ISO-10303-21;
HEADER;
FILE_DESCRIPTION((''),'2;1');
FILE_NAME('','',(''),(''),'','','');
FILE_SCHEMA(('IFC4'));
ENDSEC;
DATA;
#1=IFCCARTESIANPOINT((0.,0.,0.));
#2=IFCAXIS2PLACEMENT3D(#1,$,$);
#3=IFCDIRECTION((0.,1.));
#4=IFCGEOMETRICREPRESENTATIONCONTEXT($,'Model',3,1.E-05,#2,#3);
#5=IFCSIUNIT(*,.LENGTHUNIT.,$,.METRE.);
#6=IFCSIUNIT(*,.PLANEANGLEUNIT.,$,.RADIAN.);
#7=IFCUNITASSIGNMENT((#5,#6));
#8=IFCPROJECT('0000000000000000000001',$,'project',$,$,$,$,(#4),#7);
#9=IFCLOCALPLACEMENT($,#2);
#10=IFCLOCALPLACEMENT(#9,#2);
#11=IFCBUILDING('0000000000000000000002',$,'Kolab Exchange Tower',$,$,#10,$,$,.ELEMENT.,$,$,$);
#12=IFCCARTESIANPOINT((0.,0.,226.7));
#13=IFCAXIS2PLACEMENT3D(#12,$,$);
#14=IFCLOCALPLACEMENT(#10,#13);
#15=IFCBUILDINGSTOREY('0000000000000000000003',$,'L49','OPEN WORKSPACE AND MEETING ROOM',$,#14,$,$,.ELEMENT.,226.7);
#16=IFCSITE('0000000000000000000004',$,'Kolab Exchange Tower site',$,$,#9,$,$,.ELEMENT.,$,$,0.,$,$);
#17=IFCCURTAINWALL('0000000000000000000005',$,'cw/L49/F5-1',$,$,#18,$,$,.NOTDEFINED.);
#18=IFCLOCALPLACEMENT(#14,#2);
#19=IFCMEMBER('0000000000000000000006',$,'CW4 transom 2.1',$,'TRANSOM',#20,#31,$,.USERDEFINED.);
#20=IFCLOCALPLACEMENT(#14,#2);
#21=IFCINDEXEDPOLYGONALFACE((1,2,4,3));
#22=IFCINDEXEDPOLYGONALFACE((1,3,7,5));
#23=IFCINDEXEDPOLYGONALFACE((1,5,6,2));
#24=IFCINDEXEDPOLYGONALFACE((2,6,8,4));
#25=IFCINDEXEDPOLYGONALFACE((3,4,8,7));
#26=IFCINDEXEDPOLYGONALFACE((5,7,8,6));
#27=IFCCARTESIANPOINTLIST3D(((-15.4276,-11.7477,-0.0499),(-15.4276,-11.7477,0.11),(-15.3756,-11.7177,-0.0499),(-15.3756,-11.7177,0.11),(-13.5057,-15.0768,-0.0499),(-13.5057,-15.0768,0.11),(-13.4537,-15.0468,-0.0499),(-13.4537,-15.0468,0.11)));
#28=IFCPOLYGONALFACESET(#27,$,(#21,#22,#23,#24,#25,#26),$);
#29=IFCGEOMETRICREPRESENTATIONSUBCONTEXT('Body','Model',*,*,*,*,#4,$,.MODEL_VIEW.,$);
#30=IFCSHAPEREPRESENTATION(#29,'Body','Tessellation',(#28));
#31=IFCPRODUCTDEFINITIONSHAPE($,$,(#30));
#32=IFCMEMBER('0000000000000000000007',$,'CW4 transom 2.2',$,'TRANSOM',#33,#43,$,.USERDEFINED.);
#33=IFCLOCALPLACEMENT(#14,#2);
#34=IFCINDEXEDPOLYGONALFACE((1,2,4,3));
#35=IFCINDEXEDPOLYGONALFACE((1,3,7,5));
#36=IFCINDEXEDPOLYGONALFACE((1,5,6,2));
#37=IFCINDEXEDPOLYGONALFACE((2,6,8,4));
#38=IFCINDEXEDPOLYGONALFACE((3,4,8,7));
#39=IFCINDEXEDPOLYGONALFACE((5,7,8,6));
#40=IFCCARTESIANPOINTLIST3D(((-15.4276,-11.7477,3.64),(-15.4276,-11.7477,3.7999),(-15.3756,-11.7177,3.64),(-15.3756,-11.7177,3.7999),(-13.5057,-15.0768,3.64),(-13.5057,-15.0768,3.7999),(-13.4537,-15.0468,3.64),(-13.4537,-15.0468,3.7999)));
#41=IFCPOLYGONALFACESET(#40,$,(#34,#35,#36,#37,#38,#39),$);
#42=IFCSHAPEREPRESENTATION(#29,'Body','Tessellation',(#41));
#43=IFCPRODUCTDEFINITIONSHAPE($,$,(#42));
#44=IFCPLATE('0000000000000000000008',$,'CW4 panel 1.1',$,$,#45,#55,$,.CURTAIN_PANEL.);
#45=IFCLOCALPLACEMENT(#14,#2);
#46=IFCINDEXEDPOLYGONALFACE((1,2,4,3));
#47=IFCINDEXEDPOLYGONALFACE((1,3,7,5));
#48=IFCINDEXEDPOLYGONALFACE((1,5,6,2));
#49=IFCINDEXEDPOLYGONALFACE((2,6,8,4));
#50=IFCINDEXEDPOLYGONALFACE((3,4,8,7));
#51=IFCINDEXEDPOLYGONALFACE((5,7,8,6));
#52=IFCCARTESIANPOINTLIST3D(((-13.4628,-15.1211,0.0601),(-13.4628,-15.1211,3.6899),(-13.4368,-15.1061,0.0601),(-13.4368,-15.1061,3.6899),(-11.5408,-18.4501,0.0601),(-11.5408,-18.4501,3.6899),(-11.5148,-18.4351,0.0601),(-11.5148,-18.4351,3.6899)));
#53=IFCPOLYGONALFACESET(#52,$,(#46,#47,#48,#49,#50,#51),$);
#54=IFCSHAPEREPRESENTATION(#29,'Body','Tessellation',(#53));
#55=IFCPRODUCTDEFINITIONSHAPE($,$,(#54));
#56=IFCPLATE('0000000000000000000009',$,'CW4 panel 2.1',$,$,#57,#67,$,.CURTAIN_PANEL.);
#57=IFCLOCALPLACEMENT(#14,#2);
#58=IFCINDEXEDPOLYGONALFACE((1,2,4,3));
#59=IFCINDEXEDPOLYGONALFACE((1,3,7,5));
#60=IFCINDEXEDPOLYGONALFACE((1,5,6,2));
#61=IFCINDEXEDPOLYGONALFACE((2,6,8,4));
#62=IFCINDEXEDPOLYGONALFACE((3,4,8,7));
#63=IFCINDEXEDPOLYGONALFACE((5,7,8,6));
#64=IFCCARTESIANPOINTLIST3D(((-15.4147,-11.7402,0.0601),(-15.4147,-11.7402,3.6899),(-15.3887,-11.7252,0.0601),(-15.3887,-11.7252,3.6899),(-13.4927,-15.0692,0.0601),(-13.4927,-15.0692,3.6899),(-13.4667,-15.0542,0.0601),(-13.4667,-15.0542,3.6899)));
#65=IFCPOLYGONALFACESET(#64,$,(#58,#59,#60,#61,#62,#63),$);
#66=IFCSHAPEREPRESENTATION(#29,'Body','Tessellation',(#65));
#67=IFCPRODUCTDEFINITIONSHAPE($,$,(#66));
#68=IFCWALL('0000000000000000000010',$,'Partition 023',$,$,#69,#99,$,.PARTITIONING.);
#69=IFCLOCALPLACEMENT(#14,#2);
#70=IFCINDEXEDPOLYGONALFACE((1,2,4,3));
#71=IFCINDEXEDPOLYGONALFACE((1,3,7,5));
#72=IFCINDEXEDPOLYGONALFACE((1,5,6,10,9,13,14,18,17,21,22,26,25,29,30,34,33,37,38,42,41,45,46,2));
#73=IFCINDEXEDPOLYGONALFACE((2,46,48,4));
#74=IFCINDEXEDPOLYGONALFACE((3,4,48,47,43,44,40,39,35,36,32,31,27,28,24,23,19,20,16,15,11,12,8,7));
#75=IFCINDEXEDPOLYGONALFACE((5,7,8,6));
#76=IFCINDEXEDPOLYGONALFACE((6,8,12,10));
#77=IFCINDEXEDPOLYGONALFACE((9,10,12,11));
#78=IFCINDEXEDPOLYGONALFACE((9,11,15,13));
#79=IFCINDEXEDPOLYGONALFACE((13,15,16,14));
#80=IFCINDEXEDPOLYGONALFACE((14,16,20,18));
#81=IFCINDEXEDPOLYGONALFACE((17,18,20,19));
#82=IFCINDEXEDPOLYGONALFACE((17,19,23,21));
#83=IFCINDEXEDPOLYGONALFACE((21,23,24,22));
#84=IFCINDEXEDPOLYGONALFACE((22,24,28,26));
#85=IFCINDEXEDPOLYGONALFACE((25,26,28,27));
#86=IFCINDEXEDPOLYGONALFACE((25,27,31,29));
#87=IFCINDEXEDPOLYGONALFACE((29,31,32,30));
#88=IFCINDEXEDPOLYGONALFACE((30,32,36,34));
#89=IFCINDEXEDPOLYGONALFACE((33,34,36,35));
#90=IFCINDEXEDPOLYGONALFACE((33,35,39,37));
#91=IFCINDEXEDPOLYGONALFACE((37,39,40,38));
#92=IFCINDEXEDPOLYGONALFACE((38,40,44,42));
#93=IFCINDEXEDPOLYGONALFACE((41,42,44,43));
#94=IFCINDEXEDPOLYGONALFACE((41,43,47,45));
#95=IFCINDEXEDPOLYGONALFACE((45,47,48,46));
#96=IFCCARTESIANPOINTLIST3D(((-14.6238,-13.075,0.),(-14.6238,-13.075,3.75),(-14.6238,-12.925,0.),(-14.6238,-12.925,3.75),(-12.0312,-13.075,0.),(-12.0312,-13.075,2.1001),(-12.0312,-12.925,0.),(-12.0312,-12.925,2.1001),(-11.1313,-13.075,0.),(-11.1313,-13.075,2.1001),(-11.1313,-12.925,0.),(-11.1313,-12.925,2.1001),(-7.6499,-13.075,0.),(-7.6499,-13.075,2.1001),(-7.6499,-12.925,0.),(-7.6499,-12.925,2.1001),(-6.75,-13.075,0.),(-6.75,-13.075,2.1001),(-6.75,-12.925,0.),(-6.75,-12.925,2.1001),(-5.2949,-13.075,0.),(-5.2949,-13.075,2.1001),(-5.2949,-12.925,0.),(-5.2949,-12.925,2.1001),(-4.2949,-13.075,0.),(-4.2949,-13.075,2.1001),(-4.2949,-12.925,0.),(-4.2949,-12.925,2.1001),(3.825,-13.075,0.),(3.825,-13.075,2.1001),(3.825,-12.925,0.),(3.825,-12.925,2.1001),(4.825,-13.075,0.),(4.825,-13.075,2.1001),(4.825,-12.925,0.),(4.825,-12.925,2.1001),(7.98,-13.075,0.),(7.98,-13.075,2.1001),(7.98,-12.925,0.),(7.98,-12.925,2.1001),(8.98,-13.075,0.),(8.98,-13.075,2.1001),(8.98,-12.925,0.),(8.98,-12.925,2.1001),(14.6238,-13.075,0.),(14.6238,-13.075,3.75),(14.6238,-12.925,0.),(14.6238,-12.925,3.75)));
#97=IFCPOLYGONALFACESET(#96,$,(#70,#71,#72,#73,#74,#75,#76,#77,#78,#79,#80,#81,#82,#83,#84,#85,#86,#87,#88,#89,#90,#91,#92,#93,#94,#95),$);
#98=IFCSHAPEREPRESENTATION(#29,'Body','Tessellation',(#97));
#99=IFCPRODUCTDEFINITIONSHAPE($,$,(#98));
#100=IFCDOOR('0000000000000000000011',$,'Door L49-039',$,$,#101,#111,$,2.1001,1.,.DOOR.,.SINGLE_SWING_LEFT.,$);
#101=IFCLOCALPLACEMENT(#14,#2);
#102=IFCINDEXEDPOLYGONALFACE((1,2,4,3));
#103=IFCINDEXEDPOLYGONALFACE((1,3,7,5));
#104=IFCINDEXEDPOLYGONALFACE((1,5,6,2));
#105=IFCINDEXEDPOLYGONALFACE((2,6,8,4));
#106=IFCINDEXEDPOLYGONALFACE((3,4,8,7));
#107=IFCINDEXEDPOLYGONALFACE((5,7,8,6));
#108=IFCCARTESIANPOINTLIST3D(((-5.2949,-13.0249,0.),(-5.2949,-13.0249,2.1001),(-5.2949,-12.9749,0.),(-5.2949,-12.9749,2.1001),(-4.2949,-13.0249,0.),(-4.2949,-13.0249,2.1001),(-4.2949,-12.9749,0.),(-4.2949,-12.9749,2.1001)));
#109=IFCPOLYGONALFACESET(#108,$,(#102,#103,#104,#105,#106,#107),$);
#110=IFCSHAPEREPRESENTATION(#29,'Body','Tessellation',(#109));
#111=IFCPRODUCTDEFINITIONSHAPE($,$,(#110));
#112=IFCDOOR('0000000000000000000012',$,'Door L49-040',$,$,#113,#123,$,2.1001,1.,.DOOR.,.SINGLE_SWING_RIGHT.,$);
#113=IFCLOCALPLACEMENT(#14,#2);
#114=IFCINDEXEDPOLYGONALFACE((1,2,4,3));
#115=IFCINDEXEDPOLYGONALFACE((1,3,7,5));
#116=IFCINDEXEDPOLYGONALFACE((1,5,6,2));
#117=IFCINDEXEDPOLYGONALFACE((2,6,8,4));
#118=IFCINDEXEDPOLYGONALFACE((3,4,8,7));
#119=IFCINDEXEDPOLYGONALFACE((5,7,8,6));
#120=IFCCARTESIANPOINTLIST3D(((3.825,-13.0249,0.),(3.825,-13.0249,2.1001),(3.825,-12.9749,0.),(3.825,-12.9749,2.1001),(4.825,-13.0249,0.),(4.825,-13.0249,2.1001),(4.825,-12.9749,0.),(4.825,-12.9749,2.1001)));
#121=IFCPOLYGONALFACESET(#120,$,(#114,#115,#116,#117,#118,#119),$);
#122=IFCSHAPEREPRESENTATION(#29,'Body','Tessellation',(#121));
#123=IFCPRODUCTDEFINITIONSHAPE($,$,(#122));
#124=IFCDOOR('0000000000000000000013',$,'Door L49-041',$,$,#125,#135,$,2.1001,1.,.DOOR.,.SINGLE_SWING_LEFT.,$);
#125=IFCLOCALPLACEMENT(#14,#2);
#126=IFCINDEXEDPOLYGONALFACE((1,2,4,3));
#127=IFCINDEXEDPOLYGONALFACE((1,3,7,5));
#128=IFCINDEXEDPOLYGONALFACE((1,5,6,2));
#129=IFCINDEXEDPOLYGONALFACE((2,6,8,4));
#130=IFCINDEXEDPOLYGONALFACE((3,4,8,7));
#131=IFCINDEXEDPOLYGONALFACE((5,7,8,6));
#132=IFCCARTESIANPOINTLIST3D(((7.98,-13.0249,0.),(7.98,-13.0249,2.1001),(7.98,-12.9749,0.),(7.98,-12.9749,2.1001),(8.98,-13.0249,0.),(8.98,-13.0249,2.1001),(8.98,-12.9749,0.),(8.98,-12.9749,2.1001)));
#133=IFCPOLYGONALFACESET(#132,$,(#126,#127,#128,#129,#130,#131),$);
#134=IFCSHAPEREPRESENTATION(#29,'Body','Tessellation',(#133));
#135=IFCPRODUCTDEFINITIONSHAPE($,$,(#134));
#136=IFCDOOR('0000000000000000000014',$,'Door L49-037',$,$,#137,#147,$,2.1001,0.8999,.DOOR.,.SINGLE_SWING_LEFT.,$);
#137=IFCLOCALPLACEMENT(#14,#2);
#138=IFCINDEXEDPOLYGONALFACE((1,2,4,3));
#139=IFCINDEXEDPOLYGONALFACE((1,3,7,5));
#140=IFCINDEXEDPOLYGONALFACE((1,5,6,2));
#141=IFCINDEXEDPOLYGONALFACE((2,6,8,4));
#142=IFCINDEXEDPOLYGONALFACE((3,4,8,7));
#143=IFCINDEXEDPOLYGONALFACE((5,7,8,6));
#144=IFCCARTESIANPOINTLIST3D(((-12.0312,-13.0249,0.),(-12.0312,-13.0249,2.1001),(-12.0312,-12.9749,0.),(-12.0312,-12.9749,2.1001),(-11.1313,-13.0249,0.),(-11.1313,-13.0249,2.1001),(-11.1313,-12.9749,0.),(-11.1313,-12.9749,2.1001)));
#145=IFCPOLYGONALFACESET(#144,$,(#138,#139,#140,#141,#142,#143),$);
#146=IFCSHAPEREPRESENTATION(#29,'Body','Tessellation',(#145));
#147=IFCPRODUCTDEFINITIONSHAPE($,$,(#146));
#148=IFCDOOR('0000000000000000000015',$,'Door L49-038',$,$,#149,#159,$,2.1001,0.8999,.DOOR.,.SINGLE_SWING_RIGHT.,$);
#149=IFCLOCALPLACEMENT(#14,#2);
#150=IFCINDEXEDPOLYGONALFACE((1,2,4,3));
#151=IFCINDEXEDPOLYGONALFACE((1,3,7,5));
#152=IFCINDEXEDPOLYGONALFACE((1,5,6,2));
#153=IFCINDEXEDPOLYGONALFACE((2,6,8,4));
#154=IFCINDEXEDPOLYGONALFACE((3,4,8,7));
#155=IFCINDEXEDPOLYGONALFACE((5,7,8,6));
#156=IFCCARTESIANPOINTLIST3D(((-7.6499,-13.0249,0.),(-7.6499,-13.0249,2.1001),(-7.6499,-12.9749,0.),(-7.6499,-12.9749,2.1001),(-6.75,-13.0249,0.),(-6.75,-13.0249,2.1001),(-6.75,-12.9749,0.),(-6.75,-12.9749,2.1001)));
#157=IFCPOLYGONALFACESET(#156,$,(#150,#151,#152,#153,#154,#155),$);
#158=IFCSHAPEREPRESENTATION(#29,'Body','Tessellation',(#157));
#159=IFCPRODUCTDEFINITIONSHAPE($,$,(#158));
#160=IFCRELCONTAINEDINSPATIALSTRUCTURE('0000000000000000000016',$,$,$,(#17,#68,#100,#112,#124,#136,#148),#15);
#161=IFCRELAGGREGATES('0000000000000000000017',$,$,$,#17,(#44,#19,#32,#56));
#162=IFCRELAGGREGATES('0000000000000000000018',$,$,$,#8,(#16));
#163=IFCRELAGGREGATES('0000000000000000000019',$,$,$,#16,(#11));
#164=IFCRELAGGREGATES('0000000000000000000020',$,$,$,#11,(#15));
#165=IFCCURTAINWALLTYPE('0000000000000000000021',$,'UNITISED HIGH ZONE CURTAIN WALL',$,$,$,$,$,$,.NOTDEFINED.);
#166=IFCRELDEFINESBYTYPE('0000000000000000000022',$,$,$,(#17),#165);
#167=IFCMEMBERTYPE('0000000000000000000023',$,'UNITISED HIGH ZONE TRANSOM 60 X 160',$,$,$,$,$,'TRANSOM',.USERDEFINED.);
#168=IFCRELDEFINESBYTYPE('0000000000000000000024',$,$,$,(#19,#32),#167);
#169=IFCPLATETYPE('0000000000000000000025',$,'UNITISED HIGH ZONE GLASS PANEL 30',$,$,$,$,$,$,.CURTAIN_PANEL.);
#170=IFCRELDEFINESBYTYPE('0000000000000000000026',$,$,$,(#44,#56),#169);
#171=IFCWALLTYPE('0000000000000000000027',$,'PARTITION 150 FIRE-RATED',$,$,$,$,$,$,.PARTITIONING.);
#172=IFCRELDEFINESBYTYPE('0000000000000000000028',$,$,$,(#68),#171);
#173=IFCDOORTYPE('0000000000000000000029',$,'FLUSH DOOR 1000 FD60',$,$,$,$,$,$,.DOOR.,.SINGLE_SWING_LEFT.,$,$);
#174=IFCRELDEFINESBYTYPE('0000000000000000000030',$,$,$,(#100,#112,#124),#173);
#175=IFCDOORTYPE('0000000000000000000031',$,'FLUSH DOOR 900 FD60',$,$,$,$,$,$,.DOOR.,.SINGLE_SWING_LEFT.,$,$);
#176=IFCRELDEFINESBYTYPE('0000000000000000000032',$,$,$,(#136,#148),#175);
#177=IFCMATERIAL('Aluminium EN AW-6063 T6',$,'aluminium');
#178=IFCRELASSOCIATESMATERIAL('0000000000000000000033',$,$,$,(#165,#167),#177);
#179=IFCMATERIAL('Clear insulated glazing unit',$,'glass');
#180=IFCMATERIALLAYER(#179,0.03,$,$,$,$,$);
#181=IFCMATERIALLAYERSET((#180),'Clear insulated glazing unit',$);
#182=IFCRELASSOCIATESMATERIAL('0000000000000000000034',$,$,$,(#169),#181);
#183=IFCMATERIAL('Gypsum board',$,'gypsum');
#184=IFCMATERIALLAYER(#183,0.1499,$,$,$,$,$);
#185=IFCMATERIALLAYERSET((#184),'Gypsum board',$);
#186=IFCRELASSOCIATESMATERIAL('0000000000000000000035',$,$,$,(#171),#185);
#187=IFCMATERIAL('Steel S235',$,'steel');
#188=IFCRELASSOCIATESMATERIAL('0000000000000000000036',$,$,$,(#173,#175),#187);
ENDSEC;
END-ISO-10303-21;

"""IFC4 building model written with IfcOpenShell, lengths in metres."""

from ifc_helpers import new_model, si_unit, direction, frame, frame_2d, origin, origin_2d, place, context, subcontext, project, spatial, rectangle, extrude, material, layer, layer_set, material_profile, profile_set, type_object, element, fill, aggregate, save


model = new_model("IFC4")

# Units and contexts
model_context = context("Model", 3, precision=1e-05, world=origin(), true_north=direction((0.0, 1.0)))
body_context = subcontext(model_context, "Body", "Model", "MODEL_VIEW")
ifc_project = project(units=[si_unit("LENGTHUNIT", "METRE"), si_unit("PLANEANGLEUNIT", "RADIAN")], contexts=[model_context])

# Site, building, storey
site_placement = place(None, origin())
site = spatial("IfcSite", under=ifc_project, at=site_placement, Name="Kolab Exchange Tower site", CompositionType="ELEMENT", RefElevation=0.0)
building_placement = place(site_placement, origin())
building = spatial("IfcBuilding", under=site, at=building_placement, Name="Kolab Exchange Tower", CompositionType="ELEMENT")
storey_placement = place(building_placement, frame((0.0, 0.0, 226.7)))
storey = spatial("IfcBuildingStorey", under=building, at=storey_placement, Name="L49", Description="OPEN WORKSPACE AND MEETING ROOM", CompositionType="ELEMENT", Elevation=226.7)

# Curtain wall
ifc_material_1 = material(Name="Aluminium EN AW-6063 T6", Category="aluminium")
curtain_wall_type = type_object("IfcCurtainWallType", Name="UNITISED HIGH ZONE CURTAIN WALL", PredefinedType="NOTDEFINED", material=ifc_material_1)
curtain_wall_1_placement = place(storey_placement, origin())
curtain_wall_1 = element("IfcCurtainWall", 1, at=curtain_wall_1_placement, inside=storey, type_object=curtain_wall_type, Name="cw/L49/F5-1", PredefinedType="NOTDEFINED")

# Members
ifc_material_profile_1 = material_profile(ifc_material_1, rectangle(XDim=0.0601, YDim=0.1599, at=origin_2d()), Name="RECT 60X160")
ifc_profile_set_1 = profile_set([ifc_material_profile_1], Name="Aluminium EN AW-6063 T6")
member_type_1 = type_object("IfcMemberType", Name="UNITISED HIGH ZONE TRANSOM 60 X 160", ElementType="TRANSOM", PredefinedType="USERDEFINED", material=ifc_profile_set_1)
member_1_placement = place(storey_placement, frame((-13.4797, -15.0618, 0.03), z_axis=(-0.499964, 0.866046, 0.0), x_axis=(-0.866046, -0.499964, 0.0)))
member_1 = element("IfcMember", 2, at=member_1_placement, type_object=member_type_1, Name="CW4 transom 2.1", ObjectType="TRANSOM", PredefinedType="USERDEFINED", context=body_context, shape_type="SweptSolid", body=[
    extrude(rectangle(XDim=0.0601, YDim=0.1599, at=origin_2d()), origin(), (0.0, 0.0, 1.0), 3.844),
])
member_2_placement = place(storey_placement, frame((-13.4797, -15.0618, 3.72), z_axis=(-0.499964, 0.866046, 0.0), x_axis=(-0.866046, -0.499964, 0.0)))
member_2 = element("IfcMember", 3, at=member_2_placement, type_object=member_type_1, Name="CW4 transom 2.2", ObjectType="TRANSOM", PredefinedType="USERDEFINED", context=body_context, shape_type="SweptSolid", body=[
    extrude(rectangle(XDim=0.0601, YDim=0.1599, at=origin_2d()), origin(), (0.0, 0.0, 1.0), 3.844),
])

# Plates
ifc_material_2 = material(Name="Clear insulated glazing unit", Category="glass")
ifc_layer_1 = layer(ifc_material_2, 0.03)
ifc_layer_set_1 = layer_set([ifc_layer_1], Name="Clear insulated glazing unit")
plate_type = type_object("IfcPlateType", Name="UNITISED HIGH ZONE GLASS PANEL 30", PredefinedType="CURTAIN_PANEL", material=ifc_layer_set_1)
plate_1_placement = place(storey_placement, frame((-12.4888, -16.7781, 0.0601), z_axis=(0.0, 0.0, 1.0), x_axis=(-0.5, 0.866025, 0.0)))
plate_1 = element("IfcPlate", 4, at=plate_1_placement, type_object=plate_type, Name="CW4 panel 1.1", PredefinedType="CURTAIN_PANEL", context=body_context, shape_type="SweptSolid", body=[
    extrude(rectangle(XDim=3.844, YDim=0.03, at=origin_2d()), origin(), (0.0, 0.0, 1.0), 3.6299),
])
plate_2_placement = place(storey_placement, frame((-14.4407, -13.3972, 0.0601), z_axis=(0.0, 0.0, 1.0), x_axis=(-0.5, 0.866025, 0.0)))
plate_2 = element("IfcPlate", 5, at=plate_2_placement, type_object=plate_type, Name="CW4 panel 2.1", PredefinedType="CURTAIN_PANEL", context=body_context, shape_type="SweptSolid", body=[
    extrude(rectangle(XDim=3.844, YDim=0.03, at=origin_2d()), origin(), (0.0, 0.0, 1.0), 3.6299),
])
aggregate(curtain_wall_1, [plate_1, member_1, member_2, plate_2])

# Shared definitions
ifc_material_3 = material(Name="Gypsum board", Category="gypsum")

# Wall, openings, doors
ifc_layer_2 = layer(ifc_material_3, 0.1499)
ifc_layer_set_2 = layer_set([ifc_layer_2], Name="Gypsum board")
wall_type_1 = type_object("IfcWallType", Name="PARTITION 150 FIRE-RATED", PredefinedType="PARTITIONING", material=ifc_layer_set_2)
wall_1_placement = place(storey_placement, frame((-14.6238, -13.0, 0.0), z_axis=(0.0, 0.0, 1.0), x_axis=(1.0, 0.0, 0.0)))
wall_1 = element("IfcWall", 6, at=wall_1_placement, inside=storey, type_object=wall_type_1, Name="Partition 023", PredefinedType="PARTITIONING", context=body_context, shape_type="SweptSolid", body=[
    extrude(rectangle(XDim=29.2476, YDim=0.1499, at=frame_2d((14.6238, 0.0))), origin(), (0.0, 0.0, 1.0), 3.75),
])
opening_1_placement = place(wall_1_placement, frame((2.5925, 0.0, 0.0)))
opening_1 = element("IfcOpeningElement", 7, at=opening_1_placement, cuts=wall_1, PredefinedType="OPENING", context=body_context, shape_type="SweptSolid", body=[
    extrude(rectangle(XDim=0.8999, YDim=2.1001, at=frame_2d((0.45, 1.05))), frame((0.0, 0.085, 0.0), z_axis=(0.0, -1.0, 0.0), x_axis=(1.0, 0.0, 0.0)), (0.0, 0.0, 1.0), 0.1699),
])
opening_2_placement = place(wall_1_placement, frame((6.9739, 0.0, 0.0)))
opening_2 = element("IfcOpeningElement", 8, at=opening_2_placement, cuts=wall_1, PredefinedType="OPENING", context=body_context, shape_type="SweptSolid", body=[
    extrude(rectangle(XDim=0.8999, YDim=2.1001, at=frame_2d((0.45, 1.05))), frame((0.0, 0.085, 0.0), z_axis=(0.0, -1.0, 0.0), x_axis=(1.0, 0.0, 0.0)), (0.0, 0.0, 1.0), 0.1699),
])
opening_3_placement = place(wall_1_placement, frame((9.3289, 0.0, 0.0)))
opening_3 = element("IfcOpeningElement", 9, at=opening_3_placement, cuts=wall_1, PredefinedType="OPENING", context=body_context, shape_type="SweptSolid", body=[
    extrude(rectangle(XDim=1.0, YDim=2.1001, at=frame_2d((0.5, 1.05))), frame((0.0, 0.085, 0.0), z_axis=(0.0, -1.0, 0.0), x_axis=(1.0, 0.0, 0.0)), (0.0, 0.0, 1.0), 0.1699),
])
opening_4_placement = place(wall_1_placement, frame((18.4487, 0.0, 0.0)))
opening_4 = element("IfcOpeningElement", 10, at=opening_4_placement, cuts=wall_1, PredefinedType="OPENING", context=body_context, shape_type="SweptSolid", body=[
    extrude(rectangle(XDim=1.0, YDim=2.1001, at=frame_2d((0.5, 1.05))), frame((0.0, 0.085, 0.0), z_axis=(0.0, -1.0, 0.0), x_axis=(1.0, 0.0, 0.0)), (0.0, 0.0, 1.0), 0.1699),
])
opening_5_placement = place(wall_1_placement, frame((22.6038, 0.0, 0.0)))
opening_5 = element("IfcOpeningElement", 11, at=opening_5_placement, cuts=wall_1, PredefinedType="OPENING", context=body_context, shape_type="SweptSolid", body=[
    extrude(rectangle(XDim=1.0, YDim=2.1001, at=frame_2d((0.5, 1.05))), frame((0.0, 0.085, 0.0), z_axis=(0.0, -1.0, 0.0), x_axis=(1.0, 0.0, 0.0)), (0.0, 0.0, 1.0), 0.1699),
])
ifc_material_4 = material(Name="Steel S235", Category="steel")
door_type_1 = type_object("IfcDoorType", Name="FLUSH DOOR 1000 FD60", OperationType="SINGLE_SWING_LEFT", PredefinedType="DOOR", material=ifc_material_4)
door_1_placement = place(opening_3_placement, frame((1.0, 0.0, 0.0), z_axis=(0.0, 0.0, 1.0), x_axis=(-1.0, 0.0, 0.0)))
door_1 = element("IfcDoor", 12, at=door_1_placement, inside=storey, type_object=door_type_1, Name="Door L49-039", OperationType="SINGLE_SWING_LEFT", OverallHeight=2.1001, OverallWidth=1.0, PredefinedType="DOOR", context=body_context, shape_type="SweptSolid", body=[
    extrude(rectangle(XDim=1.0, YDim=2.1001, at=frame_2d((0.5, 1.05))), frame((0.0, 0.0249, 0.0), z_axis=(0.0, -1.0, 0.0), x_axis=(1.0, 0.0, 0.0)), (0.0, 0.0, 1.0), 0.05),
])
fill(opening_3, door_1)
door_2_placement = place(opening_4_placement, frame((1.0, 0.0, 0.0), z_axis=(0.0, 0.0, 1.0), x_axis=(-1.0, 0.0, 0.0)))
door_2 = element("IfcDoor", 13, at=door_2_placement, inside=storey, type_object=door_type_1, Name="Door L49-040", OperationType="SINGLE_SWING_RIGHT", OverallHeight=2.1001, OverallWidth=1.0, PredefinedType="DOOR", context=body_context, shape_type="SweptSolid", body=[
    extrude(rectangle(XDim=1.0, YDim=2.1001, at=frame_2d((0.5, 1.05))), frame((0.0, 0.0249, 0.0), z_axis=(0.0, -1.0, 0.0), x_axis=(1.0, 0.0, 0.0)), (0.0, 0.0, 1.0), 0.05),
])
fill(opening_4, door_2)
door_3_placement = place(opening_5_placement, frame((1.0, 0.0, 0.0), z_axis=(0.0, 0.0, 1.0), x_axis=(-1.0, 0.0, 0.0)))
door_3 = element("IfcDoor", 14, at=door_3_placement, inside=storey, type_object=door_type_1, Name="Door L49-041", OperationType="SINGLE_SWING_LEFT", OverallHeight=2.1001, OverallWidth=1.0, PredefinedType="DOOR", context=body_context, shape_type="SweptSolid", body=[
    extrude(rectangle(XDim=1.0, YDim=2.1001, at=frame_2d((0.5, 1.05))), frame((0.0, 0.0249, 0.0), z_axis=(0.0, -1.0, 0.0), x_axis=(1.0, 0.0, 0.0)), (0.0, 0.0, 1.0), 0.05),
])
fill(opening_5, door_3)
door_type_2 = type_object("IfcDoorType", Name="FLUSH DOOR 900 FD60", OperationType="SINGLE_SWING_LEFT", PredefinedType="DOOR", material=ifc_material_4)
door_4_placement = place(opening_1_placement, frame((0.8999, 0.0, 0.0), z_axis=(0.0, 0.0, 1.0), x_axis=(-1.0, 0.0, 0.0)))
door_4 = element("IfcDoor", 15, at=door_4_placement, inside=storey, type_object=door_type_2, Name="Door L49-037", OperationType="SINGLE_SWING_LEFT", OverallHeight=2.1001, OverallWidth=0.8999, PredefinedType="DOOR", context=body_context, shape_type="SweptSolid", body=[
    extrude(rectangle(XDim=0.8999, YDim=2.1001, at=frame_2d((0.45, 1.05))), frame((0.0, 0.0249, 0.0), z_axis=(0.0, -1.0, 0.0), x_axis=(1.0, 0.0, 0.0)), (0.0, 0.0, 1.0), 0.05),
])
fill(opening_1, door_4)
door_5_placement = place(opening_2_placement, frame((0.8999, 0.0, 0.0), z_axis=(0.0, 0.0, 1.0), x_axis=(-1.0, 0.0, 0.0)))
door_5 = element("IfcDoor", 16, at=door_5_placement, inside=storey, type_object=door_type_2, Name="Door L49-038", OperationType="SINGLE_SWING_RIGHT", OverallHeight=2.1001, OverallWidth=0.8999, PredefinedType="DOOR", context=body_context, shape_type="SweptSolid", body=[
    extrude(rectangle(XDim=0.8999, YDim=2.1001, at=frame_2d((0.45, 1.05))), frame((0.0, 0.0249, 0.0), z_axis=(0.0, -1.0, 0.0), x_axis=(1.0, 0.0, 0.0)), (0.0, 0.0, 1.0), 0.05),
])
fill(opening_2, door_5)

save(model, "model.ifc")
